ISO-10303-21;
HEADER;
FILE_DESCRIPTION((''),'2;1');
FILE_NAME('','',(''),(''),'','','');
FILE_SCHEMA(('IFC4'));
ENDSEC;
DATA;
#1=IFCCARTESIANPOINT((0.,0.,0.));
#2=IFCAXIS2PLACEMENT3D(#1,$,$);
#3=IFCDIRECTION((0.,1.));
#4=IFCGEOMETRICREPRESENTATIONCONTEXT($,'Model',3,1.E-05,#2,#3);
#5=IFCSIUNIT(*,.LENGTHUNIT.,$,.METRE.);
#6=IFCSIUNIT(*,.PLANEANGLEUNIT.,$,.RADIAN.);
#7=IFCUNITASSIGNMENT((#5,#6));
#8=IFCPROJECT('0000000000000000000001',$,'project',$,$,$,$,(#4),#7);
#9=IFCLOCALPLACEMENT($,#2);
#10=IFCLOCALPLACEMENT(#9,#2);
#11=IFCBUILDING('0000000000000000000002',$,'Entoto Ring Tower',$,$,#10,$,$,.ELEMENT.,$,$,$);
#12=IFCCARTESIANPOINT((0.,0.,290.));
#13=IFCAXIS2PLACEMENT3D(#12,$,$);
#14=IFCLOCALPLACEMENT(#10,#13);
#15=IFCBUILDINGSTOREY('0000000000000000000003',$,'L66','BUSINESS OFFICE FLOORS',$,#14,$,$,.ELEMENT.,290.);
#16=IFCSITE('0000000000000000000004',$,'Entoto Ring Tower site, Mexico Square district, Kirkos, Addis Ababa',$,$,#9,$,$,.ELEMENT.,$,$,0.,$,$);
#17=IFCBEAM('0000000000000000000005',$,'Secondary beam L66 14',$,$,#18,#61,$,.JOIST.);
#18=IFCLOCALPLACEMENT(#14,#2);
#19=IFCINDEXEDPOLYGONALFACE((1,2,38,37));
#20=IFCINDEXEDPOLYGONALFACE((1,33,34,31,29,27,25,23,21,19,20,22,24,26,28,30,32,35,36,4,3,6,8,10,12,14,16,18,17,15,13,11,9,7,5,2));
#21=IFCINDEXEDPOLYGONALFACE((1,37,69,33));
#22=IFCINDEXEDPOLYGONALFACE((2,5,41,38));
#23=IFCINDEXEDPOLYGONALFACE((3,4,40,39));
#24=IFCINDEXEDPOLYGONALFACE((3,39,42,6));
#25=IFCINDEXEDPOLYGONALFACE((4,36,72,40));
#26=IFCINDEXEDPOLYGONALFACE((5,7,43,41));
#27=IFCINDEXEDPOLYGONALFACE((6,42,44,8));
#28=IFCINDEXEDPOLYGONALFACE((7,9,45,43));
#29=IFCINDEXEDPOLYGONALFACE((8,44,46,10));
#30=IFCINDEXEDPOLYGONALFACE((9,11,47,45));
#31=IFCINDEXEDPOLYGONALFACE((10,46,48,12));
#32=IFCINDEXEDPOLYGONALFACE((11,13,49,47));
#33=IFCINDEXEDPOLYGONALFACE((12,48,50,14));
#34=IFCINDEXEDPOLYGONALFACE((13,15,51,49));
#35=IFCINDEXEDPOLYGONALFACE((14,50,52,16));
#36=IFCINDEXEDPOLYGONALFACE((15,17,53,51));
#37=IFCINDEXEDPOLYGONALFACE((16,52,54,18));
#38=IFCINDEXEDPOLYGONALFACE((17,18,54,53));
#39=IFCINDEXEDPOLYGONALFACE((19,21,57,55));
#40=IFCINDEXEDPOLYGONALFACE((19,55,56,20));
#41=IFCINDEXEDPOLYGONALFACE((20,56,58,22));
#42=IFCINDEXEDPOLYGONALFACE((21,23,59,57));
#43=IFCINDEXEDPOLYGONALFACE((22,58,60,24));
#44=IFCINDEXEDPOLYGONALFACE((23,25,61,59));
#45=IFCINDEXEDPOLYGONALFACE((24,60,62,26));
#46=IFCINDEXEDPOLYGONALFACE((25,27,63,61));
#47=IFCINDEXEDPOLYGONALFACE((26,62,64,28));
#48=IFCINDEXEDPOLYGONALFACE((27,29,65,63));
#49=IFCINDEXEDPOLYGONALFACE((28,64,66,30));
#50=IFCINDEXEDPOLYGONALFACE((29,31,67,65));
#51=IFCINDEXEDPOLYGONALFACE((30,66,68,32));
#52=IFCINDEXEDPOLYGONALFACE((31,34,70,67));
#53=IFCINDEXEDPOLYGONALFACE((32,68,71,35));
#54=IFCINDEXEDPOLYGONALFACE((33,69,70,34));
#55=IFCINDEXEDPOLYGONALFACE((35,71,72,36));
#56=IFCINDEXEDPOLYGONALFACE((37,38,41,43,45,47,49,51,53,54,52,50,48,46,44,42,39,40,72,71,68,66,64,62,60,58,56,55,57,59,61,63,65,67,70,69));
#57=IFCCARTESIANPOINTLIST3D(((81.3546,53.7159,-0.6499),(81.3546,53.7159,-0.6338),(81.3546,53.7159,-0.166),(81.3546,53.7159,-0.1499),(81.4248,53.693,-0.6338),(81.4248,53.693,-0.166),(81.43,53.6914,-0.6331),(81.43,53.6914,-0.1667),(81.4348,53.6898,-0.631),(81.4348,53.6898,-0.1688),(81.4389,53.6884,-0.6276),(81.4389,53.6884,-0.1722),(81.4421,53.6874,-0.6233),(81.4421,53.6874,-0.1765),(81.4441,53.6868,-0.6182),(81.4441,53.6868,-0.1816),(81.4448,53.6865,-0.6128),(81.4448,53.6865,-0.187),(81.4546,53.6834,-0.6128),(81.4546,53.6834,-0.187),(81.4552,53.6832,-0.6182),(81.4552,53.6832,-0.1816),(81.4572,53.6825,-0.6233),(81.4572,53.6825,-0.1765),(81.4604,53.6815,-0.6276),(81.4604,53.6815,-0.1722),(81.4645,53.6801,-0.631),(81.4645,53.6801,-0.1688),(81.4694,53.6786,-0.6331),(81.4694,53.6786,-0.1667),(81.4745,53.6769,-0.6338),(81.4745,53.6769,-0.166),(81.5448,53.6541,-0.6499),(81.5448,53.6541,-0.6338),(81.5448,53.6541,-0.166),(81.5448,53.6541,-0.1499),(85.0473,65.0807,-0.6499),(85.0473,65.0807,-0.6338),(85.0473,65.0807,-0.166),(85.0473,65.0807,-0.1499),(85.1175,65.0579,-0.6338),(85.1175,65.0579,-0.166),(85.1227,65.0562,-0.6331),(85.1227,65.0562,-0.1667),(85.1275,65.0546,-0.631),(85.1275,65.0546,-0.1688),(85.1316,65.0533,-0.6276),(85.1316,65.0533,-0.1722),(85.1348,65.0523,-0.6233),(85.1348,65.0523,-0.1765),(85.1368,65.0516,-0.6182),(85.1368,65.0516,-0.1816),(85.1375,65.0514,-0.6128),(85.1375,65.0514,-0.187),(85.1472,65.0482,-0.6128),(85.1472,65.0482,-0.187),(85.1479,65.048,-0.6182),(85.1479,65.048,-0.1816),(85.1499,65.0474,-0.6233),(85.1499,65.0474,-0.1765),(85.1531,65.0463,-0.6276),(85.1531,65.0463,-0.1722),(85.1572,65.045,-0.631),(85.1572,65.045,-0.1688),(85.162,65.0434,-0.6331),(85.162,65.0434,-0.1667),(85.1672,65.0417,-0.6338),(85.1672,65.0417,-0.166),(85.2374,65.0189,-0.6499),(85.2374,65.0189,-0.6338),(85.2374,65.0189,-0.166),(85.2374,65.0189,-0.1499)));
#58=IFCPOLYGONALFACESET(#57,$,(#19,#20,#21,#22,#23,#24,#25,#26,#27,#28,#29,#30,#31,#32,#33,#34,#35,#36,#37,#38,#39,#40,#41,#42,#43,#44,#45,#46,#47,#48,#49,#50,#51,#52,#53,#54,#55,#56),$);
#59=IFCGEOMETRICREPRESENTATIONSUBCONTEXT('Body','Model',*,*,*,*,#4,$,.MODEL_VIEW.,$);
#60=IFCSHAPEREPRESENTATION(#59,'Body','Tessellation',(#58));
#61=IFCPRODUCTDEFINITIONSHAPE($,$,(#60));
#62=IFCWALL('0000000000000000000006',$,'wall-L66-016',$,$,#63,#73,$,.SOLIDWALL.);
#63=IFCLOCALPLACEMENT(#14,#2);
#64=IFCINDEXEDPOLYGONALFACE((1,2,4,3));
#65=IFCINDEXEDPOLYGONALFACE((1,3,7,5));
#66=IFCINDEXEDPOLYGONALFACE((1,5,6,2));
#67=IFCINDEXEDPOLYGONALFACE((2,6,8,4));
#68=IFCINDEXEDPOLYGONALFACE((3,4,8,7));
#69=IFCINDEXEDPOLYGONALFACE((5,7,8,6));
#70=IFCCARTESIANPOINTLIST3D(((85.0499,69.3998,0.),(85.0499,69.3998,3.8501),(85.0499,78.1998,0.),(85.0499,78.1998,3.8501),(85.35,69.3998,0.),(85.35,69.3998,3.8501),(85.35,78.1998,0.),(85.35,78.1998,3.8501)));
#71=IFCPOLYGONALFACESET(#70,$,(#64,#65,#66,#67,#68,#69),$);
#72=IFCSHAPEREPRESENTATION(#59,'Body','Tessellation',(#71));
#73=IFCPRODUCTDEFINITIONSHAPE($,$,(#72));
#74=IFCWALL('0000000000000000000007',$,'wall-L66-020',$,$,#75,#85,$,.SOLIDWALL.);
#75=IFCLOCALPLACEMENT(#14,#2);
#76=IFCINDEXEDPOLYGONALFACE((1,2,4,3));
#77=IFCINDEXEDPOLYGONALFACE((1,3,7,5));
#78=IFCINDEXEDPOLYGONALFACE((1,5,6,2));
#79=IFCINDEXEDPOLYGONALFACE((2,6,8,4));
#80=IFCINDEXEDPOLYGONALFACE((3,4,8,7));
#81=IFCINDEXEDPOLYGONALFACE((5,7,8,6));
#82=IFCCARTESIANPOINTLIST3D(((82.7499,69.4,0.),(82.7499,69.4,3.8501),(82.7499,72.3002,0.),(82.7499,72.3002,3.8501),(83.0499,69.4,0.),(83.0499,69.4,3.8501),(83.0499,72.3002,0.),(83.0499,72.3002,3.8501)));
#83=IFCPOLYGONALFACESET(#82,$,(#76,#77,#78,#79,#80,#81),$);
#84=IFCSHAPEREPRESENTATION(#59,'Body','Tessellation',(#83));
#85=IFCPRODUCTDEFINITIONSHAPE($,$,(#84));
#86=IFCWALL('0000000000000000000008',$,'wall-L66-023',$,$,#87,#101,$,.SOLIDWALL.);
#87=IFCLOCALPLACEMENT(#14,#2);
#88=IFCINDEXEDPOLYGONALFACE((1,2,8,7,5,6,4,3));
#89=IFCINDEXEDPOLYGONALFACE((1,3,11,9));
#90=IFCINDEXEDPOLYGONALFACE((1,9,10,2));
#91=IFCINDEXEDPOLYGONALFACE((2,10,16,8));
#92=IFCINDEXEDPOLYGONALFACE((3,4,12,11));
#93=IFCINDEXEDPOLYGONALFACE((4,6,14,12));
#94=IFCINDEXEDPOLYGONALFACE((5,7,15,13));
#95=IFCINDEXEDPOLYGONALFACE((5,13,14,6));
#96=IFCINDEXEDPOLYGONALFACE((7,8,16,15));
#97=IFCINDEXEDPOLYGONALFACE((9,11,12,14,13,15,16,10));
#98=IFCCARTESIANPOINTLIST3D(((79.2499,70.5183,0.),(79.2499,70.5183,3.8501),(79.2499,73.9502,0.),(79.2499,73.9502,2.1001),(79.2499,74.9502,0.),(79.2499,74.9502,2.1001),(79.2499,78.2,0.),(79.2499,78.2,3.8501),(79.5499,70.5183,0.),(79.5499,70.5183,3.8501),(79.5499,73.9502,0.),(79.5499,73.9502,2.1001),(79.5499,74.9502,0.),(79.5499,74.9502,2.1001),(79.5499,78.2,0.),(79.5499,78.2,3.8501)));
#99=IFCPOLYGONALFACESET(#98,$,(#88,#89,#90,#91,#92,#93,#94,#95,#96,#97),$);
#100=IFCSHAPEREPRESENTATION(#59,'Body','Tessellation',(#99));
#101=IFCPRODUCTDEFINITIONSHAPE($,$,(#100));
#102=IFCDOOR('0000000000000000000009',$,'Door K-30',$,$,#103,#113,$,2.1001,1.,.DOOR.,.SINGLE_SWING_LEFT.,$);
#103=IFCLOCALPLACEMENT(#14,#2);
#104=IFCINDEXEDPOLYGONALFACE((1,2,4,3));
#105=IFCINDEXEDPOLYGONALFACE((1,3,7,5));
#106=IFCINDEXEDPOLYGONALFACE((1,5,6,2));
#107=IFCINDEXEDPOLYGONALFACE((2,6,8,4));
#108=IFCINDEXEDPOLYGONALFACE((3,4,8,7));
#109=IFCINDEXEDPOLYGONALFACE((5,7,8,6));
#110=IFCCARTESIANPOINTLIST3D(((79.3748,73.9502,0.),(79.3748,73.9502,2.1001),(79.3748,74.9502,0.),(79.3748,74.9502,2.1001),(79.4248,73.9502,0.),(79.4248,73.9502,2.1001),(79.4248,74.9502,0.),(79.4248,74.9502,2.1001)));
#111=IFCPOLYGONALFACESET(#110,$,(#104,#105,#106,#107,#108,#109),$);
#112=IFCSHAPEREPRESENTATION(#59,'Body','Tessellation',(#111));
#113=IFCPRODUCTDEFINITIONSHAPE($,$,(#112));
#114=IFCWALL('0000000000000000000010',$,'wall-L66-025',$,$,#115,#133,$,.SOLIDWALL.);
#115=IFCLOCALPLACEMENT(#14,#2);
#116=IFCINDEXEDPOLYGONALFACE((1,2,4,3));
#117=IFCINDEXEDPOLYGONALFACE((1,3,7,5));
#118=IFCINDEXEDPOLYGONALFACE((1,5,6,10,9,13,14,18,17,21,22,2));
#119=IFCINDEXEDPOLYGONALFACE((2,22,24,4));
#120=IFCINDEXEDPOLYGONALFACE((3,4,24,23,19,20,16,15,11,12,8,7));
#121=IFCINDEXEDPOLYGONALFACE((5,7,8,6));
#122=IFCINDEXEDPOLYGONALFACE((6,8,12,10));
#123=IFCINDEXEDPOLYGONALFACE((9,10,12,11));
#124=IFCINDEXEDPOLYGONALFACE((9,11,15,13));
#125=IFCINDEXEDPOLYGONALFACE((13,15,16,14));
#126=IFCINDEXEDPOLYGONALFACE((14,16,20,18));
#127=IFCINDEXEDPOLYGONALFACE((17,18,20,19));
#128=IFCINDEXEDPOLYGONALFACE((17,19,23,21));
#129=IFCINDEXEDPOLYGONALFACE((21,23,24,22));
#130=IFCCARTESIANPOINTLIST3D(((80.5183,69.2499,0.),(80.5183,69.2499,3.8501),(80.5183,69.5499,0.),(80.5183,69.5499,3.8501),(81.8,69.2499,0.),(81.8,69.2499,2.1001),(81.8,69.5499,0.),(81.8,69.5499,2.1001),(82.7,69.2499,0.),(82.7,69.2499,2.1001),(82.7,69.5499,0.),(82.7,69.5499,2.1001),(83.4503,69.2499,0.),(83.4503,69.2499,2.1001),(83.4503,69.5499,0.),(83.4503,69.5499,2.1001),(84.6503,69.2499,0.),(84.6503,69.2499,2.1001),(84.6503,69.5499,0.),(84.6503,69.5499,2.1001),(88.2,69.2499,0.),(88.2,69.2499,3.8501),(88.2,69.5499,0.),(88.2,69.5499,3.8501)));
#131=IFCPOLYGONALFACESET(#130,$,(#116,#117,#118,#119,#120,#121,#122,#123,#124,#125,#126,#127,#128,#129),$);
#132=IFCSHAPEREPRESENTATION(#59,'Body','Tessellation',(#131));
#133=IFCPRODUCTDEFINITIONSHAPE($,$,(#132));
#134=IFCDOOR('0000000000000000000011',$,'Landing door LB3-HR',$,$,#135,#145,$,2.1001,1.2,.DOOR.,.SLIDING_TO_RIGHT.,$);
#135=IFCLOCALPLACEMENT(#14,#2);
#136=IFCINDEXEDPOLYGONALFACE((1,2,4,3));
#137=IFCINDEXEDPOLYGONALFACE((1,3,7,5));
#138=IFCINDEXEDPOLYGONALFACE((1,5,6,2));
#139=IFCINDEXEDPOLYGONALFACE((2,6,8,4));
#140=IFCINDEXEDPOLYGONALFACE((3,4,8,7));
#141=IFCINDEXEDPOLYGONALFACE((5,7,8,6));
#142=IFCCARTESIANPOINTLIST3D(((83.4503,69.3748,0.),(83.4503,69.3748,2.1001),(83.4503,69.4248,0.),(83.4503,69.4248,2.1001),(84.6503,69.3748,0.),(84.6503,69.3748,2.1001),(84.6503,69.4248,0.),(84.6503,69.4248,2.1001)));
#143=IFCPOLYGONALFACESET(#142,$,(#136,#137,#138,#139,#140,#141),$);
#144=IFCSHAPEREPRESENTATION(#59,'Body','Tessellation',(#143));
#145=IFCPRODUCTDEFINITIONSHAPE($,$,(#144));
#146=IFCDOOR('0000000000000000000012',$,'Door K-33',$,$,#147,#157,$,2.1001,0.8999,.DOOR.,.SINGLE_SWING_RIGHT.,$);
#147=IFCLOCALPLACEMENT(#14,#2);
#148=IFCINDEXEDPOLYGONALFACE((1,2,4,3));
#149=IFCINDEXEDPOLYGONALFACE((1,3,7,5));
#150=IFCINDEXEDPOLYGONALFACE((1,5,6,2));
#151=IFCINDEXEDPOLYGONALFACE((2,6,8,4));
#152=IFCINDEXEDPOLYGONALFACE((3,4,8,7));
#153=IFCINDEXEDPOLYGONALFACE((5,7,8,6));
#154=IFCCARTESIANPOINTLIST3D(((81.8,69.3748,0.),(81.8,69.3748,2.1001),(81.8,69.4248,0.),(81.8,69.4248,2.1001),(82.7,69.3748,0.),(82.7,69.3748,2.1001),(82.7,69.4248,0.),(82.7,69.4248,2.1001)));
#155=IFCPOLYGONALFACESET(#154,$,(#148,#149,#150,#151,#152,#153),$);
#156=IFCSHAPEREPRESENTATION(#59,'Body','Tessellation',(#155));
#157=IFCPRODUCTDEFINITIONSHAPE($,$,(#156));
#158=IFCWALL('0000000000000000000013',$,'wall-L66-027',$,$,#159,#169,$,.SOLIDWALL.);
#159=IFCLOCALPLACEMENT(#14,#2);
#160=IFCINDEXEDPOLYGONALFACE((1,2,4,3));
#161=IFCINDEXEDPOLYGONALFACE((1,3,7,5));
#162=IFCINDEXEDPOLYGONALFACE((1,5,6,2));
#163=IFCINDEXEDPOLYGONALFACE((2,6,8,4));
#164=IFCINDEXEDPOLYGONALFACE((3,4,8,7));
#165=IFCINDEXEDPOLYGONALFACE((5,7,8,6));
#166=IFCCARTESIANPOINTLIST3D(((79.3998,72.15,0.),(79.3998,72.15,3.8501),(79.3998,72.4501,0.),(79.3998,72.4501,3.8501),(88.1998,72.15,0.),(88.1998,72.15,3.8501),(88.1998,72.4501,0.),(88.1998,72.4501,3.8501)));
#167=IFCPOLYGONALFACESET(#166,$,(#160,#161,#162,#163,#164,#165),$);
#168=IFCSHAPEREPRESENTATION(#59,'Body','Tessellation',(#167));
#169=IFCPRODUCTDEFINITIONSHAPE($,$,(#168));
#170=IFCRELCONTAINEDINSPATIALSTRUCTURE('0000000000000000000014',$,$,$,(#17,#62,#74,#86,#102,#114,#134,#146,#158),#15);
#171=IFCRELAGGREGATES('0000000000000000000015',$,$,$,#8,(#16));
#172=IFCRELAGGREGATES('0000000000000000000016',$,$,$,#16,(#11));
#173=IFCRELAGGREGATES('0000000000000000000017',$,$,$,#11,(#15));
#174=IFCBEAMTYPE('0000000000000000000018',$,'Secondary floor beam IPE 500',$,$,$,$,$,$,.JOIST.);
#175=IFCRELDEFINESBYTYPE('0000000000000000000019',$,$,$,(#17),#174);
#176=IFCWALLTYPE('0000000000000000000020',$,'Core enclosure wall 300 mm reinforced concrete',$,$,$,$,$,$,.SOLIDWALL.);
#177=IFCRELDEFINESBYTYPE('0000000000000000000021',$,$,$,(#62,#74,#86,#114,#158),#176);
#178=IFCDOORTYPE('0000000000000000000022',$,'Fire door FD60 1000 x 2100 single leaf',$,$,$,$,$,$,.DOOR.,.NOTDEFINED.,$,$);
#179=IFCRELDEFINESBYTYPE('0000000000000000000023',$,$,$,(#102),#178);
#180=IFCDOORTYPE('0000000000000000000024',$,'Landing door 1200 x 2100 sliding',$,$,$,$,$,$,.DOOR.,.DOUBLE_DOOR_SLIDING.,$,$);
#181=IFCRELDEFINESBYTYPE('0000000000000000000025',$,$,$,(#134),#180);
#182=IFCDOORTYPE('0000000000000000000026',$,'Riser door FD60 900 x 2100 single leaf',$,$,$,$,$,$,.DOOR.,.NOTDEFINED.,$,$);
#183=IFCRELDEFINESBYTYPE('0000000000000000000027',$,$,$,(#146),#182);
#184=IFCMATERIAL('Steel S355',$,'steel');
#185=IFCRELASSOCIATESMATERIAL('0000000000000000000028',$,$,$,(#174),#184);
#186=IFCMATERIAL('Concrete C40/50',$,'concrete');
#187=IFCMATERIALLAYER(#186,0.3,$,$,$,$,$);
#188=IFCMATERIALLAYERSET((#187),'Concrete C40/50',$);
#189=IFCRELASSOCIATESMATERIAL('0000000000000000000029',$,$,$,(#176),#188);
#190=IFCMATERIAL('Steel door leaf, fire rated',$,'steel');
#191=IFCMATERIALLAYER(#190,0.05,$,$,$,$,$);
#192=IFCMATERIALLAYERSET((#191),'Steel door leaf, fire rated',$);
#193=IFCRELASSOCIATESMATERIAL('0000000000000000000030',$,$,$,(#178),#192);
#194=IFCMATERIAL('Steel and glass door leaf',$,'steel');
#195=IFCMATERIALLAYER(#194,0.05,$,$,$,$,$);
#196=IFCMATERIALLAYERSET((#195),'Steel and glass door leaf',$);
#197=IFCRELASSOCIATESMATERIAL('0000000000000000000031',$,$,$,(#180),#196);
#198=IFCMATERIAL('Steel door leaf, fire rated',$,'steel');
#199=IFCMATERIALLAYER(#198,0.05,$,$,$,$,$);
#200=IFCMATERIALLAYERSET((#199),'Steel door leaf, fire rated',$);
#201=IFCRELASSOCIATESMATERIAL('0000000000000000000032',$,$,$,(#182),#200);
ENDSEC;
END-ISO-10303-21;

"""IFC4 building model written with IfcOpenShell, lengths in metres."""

from ifc_helpers import new_model, si_unit, direction, frame, frame_2d, origin, origin_2d, place, context, subcontext, project, spatial, rectangle, i_section, extrude, material, layer, layer_set, material_profile, profile_set, type_object, element, fill, save


model = new_model("IFC4")

# Units and contexts
model_context = context("Model", 3, precision=1e-05, world=origin(), true_north=direction((0.0, 1.0)))
body_context = subcontext(model_context, "Body", "Model", "MODEL_VIEW")
ifc_project = project(units=[si_unit("LENGTHUNIT", "METRE"), si_unit("PLANEANGLEUNIT", "RADIAN")], contexts=[model_context])

# Site, building, storey
site_placement = place(None, origin())
site = spatial("IfcSite", under=ifc_project, at=site_placement, Name="Entoto Ring Tower site, Mexico Square district, Kirkos, Addis Ababa", CompositionType="ELEMENT", RefElevation=0.0)
building_placement = place(site_placement, origin())
building = spatial("IfcBuilding", under=site, at=building_placement, Name="Entoto Ring Tower", CompositionType="ELEMENT")
storey_placement = place(building_placement, frame((0.0, 0.0, 290.0)))
storey = spatial("IfcBuildingStorey", under=building, at=storey_placement, Name="L66", Description="BUSINESS OFFICE FLOORS", CompositionType="ELEMENT", Elevation=290.0)

# Beam
ifc_material_1 = material(Name="Steel S355", Category="steel")
ifc_material_profile_1 = material_profile(ifc_material_1, i_section(OverallWidth=0.2, OverallDepth=0.5, WebThickness=0.0103, FlangeThickness=0.0161, FilletRadius=0.021, at=origin_2d()), Name="IPE 500")
ifc_profile_set_1 = profile_set([ifc_material_profile_1], Name="Steel S355")
beam_type_1 = type_object("IfcBeamType", Name="Secondary floor beam IPE 500", PredefinedType="JOIST", material=ifc_profile_set_1)
beam_1_placement = place(storey_placement, frame((85.1423, 65.0498, -0.3999), z_axis=(-0.309017, -0.951057, 0.0), x_axis=(0.951057, -0.309017, 0.0)))
element("IfcBeam", 1, at=beam_1_placement, inside=storey, type_object=beam_type_1, Name="Secondary beam L66 14", PredefinedType="JOIST", context=body_context, shape_type="SweptSolid", body=[
    extrude(i_section(OverallWidth=0.2, OverallDepth=0.5, WebThickness=0.0103, FlangeThickness=0.0161, FilletRadius=0.021, at=origin_2d()), origin(), (0.0, 0.0, 1.0), 11.9497),
])

# Walls
ifc_material_2 = material(Name="Concrete C40/50", Category="concrete")
ifc_layer_1 = layer(ifc_material_2, 0.3)
ifc_layer_set_1 = layer_set([ifc_layer_1], Name="Concrete C40/50")
wall_type_1 = type_object("IfcWallType", Name="Core enclosure wall 300 mm reinforced concrete", PredefinedType="SOLIDWALL", material=ifc_layer_set_1)
wall_1_placement = place(storey_placement, frame((85.2, 69.3999, 0.0), z_axis=(0.0, 0.0, 1.0), x_axis=(0.0, 1.0, 0.0)))
element("IfcWall", 2, at=wall_1_placement, inside=storey, type_object=wall_type_1, Name="wall-L66-016", PredefinedType="SOLIDWALL", context=body_context, shape_type="SweptSolid", body=[
    extrude(rectangle(XDim=8.8, YDim=0.3, at=frame_2d((4.3999, 0.0))), origin(), (0.0, 0.0, 1.0), 3.8501),
])
wall_2_placement = place(storey_placement, frame((82.8999, 69.3999, 0.0), z_axis=(0.0, 0.0, 1.0), x_axis=(0.0, 1.0, 0.0)))
element("IfcWall", 3, at=wall_2_placement, inside=storey, type_object=wall_type_1, Name="wall-L66-020", PredefinedType="SOLIDWALL", context=body_context, shape_type="SweptSolid", body=[
    extrude(rectangle(XDim=2.9001, YDim=0.3, at=frame_2d((1.4502, 0.0))), origin(), (0.0, 0.0, 1.0), 3.8501),
])

# Wall, opening, door
wall_3_placement = place(storey_placement, frame((79.3999, 70.5183, 0.0), z_axis=(0.0, 0.0, 1.0), x_axis=(0.0, 1.0, 0.0)))
wall_3 = element("IfcWall", 4, at=wall_3_placement, inside=storey, type_object=wall_type_1, Name="wall-L66-023", PredefinedType="SOLIDWALL", context=body_context, shape_type="SweptSolid", body=[
    extrude(rectangle(XDim=7.6816, YDim=0.3, at=frame_2d((3.8408, 0.0))), origin(), (0.0, 0.0, 1.0), 3.8501),
])
opening_1_placement = place(wall_3_placement, frame((3.4319, 0.0, 0.0)))
opening_1 = element("IfcOpeningElement", 5, at=opening_1_placement, cuts=wall_3, PredefinedType="OPENING", context=body_context, shape_type="SweptSolid", body=[
    extrude(rectangle(XDim=1.0, YDim=2.1001, at=frame_2d((0.5, 1.05))), frame((0.0, 0.1602, 0.0), z_axis=(0.0, -1.0, 0.0), x_axis=(1.0, 0.0, 0.0)), (0.0, 0.0, 1.0), 0.3201),
])
ifc_material_3 = material(Name="Steel door leaf, fire rated", Category="steel")
ifc_layer_2 = layer(ifc_material_3, 0.05)
ifc_layer_set_2 = layer_set([ifc_layer_2], Name="Steel door leaf, fire rated")
door_type_1 = type_object("IfcDoorType", Name="Fire door FD60 1000 x 2100 single leaf", OperationType="NOTDEFINED", PredefinedType="DOOR", material=ifc_layer_set_2)
door_1_placement = place(opening_1_placement, frame((1.0, 0.0, 0.0), z_axis=(0.0, 0.0, 1.0), x_axis=(-1.0, 0.0, 0.0)))
door_1 = element("IfcDoor", 6, at=door_1_placement, inside=storey, type_object=door_type_1, Name="Door K-30", OperationType="SINGLE_SWING_LEFT", OverallHeight=2.1001, OverallWidth=1.0, PredefinedType="DOOR", context=body_context, shape_type="SweptSolid", body=[
    extrude(rectangle(XDim=1.0, YDim=2.1001, at=frame_2d((0.5, 1.05))), frame((0.0, 0.0249, 0.0), z_axis=(0.0, -1.0, 0.0), x_axis=(1.0, 0.0, 0.0)), (0.0, 0.0, 1.0), 0.05),
])
fill(opening_1, door_1)

# Wall, openings, doors
wall_4_placement = place(storey_placement, frame((80.5183, 69.3999, 0.0), z_axis=(0.0, 0.0, 1.0), x_axis=(1.0, 0.0, 0.0)))
wall_4 = element("IfcWall", 7, at=wall_4_placement, inside=storey, type_object=wall_type_1, Name="wall-L66-025", PredefinedType="SOLIDWALL", context=body_context, shape_type="SweptSolid", body=[
    extrude(rectangle(XDim=7.6816, YDim=0.3, at=frame_2d((3.8408, 0.0))), origin(), (0.0, 0.0, 1.0), 3.8501),
])
opening_2_placement = place(wall_4_placement, frame((2.9319, 0.0, 0.0)))
opening_2 = element("IfcOpeningElement", 8, at=opening_2_placement, cuts=wall_4, PredefinedType="OPENING", context=body_context, shape_type="SweptSolid", body=[
    extrude(rectangle(XDim=1.2, YDim=2.1001, at=frame_2d((0.6001, 1.05))), frame((0.0, 0.1602, 0.0), z_axis=(0.0, -1.0, 0.0), x_axis=(1.0, 0.0, 0.0)), (0.0, 0.0, 1.0), 0.3201),
])
opening_3_placement = place(wall_4_placement, frame((1.2817, 0.0, 0.0)))
opening_3 = element("IfcOpeningElement", 9, at=opening_3_placement, cuts=wall_4, PredefinedType="OPENING", context=body_context, shape_type="SweptSolid", body=[
    extrude(rectangle(XDim=0.8999, YDim=2.1001, at=frame_2d((0.45, 1.05))), frame((0.0, 0.1602, 0.0), z_axis=(0.0, -1.0, 0.0), x_axis=(1.0, 0.0, 0.0)), (0.0, 0.0, 1.0), 0.3201),
])
ifc_material_4 = material(Name="Steel and glass door leaf", Category="steel")
ifc_layer_3 = layer(ifc_material_4, 0.05)
ifc_layer_set_3 = layer_set([ifc_layer_3], Name="Steel and glass door leaf")
door_type_2 = type_object("IfcDoorType", Name="Landing door 1200 x 2100 sliding", OperationType="DOUBLE_DOOR_SLIDING", PredefinedType="DOOR", material=ifc_layer_set_3)
door_2_placement = place(opening_2_placement, origin())
door_2 = element("IfcDoor", 10, at=door_2_placement, inside=storey, type_object=door_type_2, Name="Landing door LB3-HR", OperationType="SLIDING_TO_RIGHT", OverallHeight=2.1001, OverallWidth=1.2, PredefinedType="DOOR", context=body_context, shape_type="SweptSolid", body=[
    extrude(rectangle(XDim=1.2, YDim=2.1001, at=frame_2d((0.6001, 1.05))), frame((0.0, 0.0249, 0.0), z_axis=(0.0, -1.0, 0.0), x_axis=(1.0, 0.0, 0.0)), (0.0, 0.0, 1.0), 0.05),
])
fill(opening_2, door_2)
ifc_material_5 = material(Name="Steel door leaf, fire rated", Category="steel")
ifc_layer_4 = layer(ifc_material_5, 0.05)
ifc_layer_set_4 = layer_set([ifc_layer_4], Name="Steel door leaf, fire rated")
door_type_3 = type_object("IfcDoorType", Name="Riser door FD60 900 x 2100 single leaf", OperationType="NOTDEFINED", PredefinedType="DOOR", material=ifc_layer_set_4)
door_3_placement = place(opening_3_placement, origin())
door_3 = element("IfcDoor", 11, at=door_3_placement, inside=storey, type_object=door_type_3, Name="Door K-33", OperationType="SINGLE_SWING_RIGHT", OverallHeight=2.1001, OverallWidth=0.8999, PredefinedType="DOOR", context=body_context, shape_type="SweptSolid", body=[
    extrude(rectangle(XDim=0.8999, YDim=2.1001, at=frame_2d((0.45, 1.05))), frame((0.0, 0.0249, 0.0), z_axis=(0.0, -1.0, 0.0), x_axis=(1.0, 0.0, 0.0)), (0.0, 0.0, 1.0), 0.05),
])
fill(opening_3, door_3)

# Wall
wall_5_placement = place(storey_placement, frame((79.3999, 72.3, 0.0), z_axis=(0.0, 0.0, 1.0), x_axis=(1.0, 0.0, 0.0)))
element("IfcWall", 12, at=wall_5_placement, inside=storey, type_object=wall_type_1, Name="wall-L66-027", PredefinedType="SOLIDWALL", context=body_context, shape_type="SweptSolid", body=[
    extrude(rectangle(XDim=8.8, YDim=0.3, at=frame_2d((4.3999, 0.0))), origin(), (0.0, 0.0, 1.0), 3.8501),
])

save(model, "model.ifc")
